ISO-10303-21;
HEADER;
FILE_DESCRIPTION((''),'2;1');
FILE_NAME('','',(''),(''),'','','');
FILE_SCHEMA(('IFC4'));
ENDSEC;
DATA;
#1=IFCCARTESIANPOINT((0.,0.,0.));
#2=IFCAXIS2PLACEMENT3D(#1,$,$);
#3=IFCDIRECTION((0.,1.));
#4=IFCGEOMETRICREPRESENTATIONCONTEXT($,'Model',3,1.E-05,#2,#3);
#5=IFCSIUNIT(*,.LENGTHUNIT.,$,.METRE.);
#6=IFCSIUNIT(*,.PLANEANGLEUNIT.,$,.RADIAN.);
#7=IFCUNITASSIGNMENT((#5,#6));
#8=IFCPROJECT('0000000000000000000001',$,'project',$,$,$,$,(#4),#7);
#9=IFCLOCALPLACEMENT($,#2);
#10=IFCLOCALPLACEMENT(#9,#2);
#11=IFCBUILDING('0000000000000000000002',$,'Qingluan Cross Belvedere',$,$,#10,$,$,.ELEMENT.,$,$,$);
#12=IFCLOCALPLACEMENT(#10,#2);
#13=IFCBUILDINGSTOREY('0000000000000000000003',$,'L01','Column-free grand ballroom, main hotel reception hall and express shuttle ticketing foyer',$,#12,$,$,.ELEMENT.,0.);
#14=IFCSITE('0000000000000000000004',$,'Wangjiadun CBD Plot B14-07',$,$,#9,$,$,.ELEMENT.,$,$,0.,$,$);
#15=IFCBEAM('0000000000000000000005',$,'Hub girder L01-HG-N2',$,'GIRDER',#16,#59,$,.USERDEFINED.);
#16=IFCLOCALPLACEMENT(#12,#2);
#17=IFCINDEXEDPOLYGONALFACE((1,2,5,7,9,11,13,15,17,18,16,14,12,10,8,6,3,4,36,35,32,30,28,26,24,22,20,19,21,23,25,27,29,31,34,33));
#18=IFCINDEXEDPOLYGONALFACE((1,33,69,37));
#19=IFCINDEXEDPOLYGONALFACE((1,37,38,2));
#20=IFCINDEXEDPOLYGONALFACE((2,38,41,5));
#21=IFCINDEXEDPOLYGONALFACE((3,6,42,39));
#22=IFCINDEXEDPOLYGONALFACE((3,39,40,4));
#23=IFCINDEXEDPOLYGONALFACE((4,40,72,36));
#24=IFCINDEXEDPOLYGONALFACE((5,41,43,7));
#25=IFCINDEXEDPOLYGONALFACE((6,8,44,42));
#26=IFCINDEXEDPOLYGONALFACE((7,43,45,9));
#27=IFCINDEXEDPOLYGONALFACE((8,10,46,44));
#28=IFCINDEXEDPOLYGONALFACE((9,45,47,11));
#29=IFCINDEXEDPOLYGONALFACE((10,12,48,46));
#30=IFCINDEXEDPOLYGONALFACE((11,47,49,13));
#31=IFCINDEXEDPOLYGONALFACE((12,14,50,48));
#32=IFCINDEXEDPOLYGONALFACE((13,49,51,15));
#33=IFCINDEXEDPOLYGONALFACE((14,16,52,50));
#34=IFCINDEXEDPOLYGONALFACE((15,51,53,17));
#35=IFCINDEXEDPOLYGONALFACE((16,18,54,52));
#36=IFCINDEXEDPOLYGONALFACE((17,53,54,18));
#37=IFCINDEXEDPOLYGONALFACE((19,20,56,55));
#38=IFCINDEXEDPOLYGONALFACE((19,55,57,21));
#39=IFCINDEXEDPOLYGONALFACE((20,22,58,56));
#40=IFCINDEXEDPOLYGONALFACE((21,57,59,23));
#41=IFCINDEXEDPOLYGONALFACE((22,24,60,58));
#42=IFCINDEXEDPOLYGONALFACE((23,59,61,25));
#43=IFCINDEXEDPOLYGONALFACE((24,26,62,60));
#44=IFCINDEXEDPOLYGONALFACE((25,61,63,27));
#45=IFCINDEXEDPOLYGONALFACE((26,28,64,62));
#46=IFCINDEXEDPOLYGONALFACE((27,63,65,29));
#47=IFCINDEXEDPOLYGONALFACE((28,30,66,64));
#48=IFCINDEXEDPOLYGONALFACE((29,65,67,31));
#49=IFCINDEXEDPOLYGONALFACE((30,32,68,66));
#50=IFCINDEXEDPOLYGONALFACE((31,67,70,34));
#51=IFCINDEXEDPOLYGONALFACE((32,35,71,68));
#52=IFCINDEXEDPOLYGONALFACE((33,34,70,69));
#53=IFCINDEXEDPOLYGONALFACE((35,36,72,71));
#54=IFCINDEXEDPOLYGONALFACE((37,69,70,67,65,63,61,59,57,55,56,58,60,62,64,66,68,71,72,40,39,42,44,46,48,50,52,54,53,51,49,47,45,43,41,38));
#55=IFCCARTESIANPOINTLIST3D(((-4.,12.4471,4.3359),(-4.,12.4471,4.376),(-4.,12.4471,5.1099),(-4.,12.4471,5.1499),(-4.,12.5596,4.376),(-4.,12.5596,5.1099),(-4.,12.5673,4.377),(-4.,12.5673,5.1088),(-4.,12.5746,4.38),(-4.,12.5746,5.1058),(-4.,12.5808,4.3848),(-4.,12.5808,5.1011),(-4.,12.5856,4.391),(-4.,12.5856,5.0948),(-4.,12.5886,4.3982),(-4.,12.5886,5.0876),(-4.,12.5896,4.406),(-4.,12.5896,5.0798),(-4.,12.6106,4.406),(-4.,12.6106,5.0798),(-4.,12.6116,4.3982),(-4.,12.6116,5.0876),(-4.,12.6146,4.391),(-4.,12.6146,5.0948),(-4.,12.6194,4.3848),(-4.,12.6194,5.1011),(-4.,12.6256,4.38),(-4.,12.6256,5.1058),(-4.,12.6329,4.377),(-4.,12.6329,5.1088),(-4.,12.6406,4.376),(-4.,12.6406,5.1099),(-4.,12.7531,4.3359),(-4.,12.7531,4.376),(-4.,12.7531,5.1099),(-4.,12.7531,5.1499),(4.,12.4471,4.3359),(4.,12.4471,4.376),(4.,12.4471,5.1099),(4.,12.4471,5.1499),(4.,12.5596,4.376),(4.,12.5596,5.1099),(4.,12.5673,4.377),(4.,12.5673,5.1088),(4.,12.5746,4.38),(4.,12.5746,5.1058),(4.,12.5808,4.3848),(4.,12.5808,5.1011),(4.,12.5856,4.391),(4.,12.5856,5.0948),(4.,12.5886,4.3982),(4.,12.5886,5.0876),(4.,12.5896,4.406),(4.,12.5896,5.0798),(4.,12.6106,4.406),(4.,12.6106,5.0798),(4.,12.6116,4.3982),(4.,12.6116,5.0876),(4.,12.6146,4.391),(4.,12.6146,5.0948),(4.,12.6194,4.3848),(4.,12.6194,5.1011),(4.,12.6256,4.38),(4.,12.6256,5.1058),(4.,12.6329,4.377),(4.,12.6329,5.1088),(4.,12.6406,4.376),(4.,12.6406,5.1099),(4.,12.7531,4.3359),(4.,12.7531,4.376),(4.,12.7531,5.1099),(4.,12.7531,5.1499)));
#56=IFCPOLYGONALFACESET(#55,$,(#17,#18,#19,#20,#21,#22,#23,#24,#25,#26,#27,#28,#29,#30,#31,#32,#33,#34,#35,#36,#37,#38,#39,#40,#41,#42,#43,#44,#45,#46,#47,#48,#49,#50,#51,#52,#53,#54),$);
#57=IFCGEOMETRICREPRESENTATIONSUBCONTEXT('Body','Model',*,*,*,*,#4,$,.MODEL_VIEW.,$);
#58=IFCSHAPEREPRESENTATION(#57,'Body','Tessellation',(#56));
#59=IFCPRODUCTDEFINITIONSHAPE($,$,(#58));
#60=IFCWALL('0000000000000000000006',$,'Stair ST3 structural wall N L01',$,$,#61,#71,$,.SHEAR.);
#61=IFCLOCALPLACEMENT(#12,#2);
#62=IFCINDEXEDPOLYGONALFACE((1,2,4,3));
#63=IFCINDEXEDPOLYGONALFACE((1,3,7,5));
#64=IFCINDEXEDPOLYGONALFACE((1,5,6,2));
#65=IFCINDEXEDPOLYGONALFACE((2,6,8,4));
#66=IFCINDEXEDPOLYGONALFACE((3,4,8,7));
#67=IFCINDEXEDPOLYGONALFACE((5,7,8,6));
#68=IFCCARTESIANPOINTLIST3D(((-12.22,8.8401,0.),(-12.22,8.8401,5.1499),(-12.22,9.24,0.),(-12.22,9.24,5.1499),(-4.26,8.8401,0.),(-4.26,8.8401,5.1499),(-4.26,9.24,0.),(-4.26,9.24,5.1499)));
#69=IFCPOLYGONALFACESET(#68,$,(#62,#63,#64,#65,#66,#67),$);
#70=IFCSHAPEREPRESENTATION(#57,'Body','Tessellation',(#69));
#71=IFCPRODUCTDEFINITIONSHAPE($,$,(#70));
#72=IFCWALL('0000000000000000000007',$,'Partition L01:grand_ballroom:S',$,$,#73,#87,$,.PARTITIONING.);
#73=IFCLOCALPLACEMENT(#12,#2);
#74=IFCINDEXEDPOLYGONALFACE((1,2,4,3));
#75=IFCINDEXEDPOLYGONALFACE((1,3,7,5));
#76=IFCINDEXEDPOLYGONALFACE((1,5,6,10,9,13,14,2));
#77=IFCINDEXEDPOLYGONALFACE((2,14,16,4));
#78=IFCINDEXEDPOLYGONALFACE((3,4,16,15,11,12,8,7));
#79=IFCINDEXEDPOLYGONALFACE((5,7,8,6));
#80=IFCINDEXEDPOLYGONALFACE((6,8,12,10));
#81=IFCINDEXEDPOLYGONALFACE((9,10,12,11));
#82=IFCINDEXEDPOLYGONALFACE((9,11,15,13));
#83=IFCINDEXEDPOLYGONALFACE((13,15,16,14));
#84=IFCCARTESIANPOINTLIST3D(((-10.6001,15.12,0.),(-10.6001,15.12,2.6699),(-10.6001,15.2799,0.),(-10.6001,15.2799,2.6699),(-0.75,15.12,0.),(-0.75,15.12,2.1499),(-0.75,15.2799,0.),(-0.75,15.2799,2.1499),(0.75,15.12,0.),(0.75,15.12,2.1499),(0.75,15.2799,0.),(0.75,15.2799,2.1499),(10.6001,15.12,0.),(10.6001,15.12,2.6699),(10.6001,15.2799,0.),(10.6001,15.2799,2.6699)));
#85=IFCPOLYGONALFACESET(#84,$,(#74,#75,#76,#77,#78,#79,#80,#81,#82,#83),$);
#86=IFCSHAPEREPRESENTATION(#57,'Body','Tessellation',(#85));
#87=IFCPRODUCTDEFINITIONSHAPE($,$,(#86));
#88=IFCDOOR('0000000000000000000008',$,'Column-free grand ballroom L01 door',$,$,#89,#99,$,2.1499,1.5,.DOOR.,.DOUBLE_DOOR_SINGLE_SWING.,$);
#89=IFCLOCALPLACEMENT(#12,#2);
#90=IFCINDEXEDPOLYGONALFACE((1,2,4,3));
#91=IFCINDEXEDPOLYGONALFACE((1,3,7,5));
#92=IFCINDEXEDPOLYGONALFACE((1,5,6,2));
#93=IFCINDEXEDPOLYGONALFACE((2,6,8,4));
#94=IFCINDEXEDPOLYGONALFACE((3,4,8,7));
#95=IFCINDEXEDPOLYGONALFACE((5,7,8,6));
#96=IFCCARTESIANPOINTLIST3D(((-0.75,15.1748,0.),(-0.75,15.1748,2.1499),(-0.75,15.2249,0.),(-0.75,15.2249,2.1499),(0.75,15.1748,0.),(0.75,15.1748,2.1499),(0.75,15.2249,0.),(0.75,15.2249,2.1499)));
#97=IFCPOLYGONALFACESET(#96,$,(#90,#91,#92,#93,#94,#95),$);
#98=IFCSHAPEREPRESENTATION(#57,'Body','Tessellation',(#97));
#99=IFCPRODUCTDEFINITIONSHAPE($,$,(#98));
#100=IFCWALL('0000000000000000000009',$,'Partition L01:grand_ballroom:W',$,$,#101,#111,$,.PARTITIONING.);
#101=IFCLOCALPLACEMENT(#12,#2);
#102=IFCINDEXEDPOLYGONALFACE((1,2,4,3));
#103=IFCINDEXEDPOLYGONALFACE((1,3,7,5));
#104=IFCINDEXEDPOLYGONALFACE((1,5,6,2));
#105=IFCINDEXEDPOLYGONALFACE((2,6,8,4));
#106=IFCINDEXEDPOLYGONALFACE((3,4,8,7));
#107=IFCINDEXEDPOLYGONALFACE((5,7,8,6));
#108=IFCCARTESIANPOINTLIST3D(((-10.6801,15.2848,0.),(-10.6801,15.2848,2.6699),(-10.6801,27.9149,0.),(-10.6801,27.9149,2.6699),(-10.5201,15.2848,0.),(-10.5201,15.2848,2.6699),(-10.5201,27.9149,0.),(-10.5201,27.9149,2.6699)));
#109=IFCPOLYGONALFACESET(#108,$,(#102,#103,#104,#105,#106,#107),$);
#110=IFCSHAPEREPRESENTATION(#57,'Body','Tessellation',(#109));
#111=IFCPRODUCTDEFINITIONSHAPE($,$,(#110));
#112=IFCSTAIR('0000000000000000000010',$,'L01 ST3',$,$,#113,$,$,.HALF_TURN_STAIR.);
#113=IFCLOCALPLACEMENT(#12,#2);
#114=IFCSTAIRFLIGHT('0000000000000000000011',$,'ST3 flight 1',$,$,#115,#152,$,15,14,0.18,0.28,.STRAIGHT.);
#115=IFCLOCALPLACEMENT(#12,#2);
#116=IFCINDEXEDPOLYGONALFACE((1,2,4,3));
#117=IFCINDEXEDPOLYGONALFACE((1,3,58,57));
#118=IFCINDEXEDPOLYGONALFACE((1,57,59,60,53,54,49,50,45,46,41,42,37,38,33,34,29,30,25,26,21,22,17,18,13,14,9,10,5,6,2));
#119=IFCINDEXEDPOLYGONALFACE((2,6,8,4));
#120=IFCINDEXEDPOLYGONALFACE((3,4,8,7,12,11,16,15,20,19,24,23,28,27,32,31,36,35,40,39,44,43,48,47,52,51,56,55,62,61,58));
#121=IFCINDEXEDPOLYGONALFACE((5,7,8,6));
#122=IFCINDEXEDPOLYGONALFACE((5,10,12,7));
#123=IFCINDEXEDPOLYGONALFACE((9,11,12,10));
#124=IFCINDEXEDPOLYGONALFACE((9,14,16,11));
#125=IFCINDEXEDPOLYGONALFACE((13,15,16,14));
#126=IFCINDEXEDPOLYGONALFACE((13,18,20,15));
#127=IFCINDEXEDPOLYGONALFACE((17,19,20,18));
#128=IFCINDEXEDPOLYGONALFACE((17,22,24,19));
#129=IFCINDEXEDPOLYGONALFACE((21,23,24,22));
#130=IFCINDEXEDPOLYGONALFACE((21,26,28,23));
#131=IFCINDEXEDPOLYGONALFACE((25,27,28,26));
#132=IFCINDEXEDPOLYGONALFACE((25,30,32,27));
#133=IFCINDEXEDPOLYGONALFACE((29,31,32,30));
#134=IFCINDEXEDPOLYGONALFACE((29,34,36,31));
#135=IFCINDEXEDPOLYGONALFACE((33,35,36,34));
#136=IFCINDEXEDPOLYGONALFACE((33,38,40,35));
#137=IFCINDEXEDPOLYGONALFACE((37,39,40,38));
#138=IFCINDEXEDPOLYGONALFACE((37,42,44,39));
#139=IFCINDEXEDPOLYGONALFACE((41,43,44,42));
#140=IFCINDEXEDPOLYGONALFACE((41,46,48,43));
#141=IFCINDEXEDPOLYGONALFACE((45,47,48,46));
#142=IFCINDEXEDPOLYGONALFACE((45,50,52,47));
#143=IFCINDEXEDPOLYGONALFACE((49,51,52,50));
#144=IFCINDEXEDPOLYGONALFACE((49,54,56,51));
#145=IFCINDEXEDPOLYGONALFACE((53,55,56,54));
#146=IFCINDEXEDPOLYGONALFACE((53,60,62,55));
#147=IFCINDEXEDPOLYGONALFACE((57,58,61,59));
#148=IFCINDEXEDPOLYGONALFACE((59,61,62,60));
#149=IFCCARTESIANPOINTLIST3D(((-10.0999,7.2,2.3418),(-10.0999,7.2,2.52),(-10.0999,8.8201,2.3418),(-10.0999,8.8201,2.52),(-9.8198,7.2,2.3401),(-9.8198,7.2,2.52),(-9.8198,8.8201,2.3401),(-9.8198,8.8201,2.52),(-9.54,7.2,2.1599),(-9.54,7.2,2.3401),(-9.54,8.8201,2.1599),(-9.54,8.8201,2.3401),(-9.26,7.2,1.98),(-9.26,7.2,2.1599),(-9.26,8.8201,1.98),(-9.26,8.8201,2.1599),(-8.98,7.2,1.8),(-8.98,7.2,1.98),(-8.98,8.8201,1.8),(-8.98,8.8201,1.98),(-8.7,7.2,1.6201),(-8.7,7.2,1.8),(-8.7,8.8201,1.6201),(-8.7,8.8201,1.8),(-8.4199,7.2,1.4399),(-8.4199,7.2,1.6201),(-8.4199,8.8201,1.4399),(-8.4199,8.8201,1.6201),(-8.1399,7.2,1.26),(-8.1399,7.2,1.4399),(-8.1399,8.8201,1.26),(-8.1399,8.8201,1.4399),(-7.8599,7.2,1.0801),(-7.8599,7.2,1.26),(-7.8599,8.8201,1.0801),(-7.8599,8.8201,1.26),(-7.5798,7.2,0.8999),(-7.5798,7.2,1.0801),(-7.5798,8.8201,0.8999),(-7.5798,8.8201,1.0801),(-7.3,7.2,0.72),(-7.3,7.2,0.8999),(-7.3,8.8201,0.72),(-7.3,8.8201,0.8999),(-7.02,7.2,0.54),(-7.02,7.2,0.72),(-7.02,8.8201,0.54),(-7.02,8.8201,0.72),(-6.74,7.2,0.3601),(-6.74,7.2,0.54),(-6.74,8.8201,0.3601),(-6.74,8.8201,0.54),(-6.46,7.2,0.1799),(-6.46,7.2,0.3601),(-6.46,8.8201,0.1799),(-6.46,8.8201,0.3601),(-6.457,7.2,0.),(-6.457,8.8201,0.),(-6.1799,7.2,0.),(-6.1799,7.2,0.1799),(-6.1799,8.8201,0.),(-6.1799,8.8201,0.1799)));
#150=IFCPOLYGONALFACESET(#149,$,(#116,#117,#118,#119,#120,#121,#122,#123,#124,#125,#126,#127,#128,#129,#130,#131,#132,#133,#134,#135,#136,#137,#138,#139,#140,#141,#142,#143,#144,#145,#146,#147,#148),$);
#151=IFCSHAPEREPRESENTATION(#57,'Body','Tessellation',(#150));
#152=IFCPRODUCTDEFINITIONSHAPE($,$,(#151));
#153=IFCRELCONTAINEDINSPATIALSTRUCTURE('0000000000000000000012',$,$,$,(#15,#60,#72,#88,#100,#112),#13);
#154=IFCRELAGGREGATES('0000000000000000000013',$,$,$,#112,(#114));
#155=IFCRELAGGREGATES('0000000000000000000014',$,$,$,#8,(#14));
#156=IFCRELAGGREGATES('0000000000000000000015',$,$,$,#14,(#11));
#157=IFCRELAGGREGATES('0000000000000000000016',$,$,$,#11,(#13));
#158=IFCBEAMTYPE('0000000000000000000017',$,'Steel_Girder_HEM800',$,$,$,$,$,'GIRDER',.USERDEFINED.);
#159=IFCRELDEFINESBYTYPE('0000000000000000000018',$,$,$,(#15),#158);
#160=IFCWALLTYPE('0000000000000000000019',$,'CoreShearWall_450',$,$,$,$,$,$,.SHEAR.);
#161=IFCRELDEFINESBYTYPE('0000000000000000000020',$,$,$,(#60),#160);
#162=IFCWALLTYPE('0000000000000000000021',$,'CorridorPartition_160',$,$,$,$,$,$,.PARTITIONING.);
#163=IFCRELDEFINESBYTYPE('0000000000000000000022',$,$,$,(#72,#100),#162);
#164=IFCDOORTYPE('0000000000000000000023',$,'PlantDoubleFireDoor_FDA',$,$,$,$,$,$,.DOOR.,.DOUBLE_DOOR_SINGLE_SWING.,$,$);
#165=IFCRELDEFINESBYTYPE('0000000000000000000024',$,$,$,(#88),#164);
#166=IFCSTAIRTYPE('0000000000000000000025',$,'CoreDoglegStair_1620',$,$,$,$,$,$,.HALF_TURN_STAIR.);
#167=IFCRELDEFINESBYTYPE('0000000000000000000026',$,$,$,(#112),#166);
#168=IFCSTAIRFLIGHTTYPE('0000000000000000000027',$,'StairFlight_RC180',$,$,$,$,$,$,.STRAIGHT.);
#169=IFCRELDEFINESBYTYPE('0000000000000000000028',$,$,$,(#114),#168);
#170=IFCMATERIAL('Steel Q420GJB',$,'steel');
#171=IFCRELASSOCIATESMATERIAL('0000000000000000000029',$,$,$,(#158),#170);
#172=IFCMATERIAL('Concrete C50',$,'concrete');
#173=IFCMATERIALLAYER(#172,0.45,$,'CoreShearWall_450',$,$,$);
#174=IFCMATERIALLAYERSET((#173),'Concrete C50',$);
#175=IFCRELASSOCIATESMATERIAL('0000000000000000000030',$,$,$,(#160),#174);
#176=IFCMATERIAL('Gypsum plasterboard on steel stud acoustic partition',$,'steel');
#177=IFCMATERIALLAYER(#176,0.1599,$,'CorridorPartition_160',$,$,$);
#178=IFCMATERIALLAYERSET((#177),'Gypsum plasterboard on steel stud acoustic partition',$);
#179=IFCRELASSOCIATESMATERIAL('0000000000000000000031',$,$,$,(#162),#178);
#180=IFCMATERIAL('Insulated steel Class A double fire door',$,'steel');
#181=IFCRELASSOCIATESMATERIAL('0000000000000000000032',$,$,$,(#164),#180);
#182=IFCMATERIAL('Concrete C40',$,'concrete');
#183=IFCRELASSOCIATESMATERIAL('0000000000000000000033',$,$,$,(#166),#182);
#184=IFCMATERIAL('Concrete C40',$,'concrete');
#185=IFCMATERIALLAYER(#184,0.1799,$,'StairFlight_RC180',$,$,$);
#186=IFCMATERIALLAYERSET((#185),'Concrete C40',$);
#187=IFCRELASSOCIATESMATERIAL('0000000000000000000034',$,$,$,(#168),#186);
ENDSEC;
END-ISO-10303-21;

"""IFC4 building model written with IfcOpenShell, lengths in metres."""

from ifc_helpers import new_model, si_unit, direction, frame, frame_2d, origin, origin_2d, place, context, subcontext, project, spatial, polyline, rectangle, i_section, outline, extrude, material, layer, layer_set, material_profile, profile_set, type_object, element, fill, aggregate, save


model = new_model("IFC4")

# Units and contexts
model_context = context("Model", 3, precision=1e-05, world=origin(), true_north=direction((0.0, 1.0)))
body_context = subcontext(model_context, "Body", "Model", "MODEL_VIEW")
ifc_project = project(units=[si_unit("LENGTHUNIT", "METRE"), si_unit("PLANEANGLEUNIT", "RADIAN")], contexts=[model_context])

# Site, building, storey
site_placement = place(None, origin())
site = spatial("IfcSite", under=ifc_project, at=site_placement, Name="Wangjiadun CBD Plot B14-07", CompositionType="ELEMENT", RefElevation=0.0)
building_placement = place(site_placement, origin())
building = spatial("IfcBuilding", under=site, at=building_placement, Name="Qingluan Cross Belvedere", CompositionType="ELEMENT")
storey_placement = place(building_placement, origin())
storey = spatial("IfcBuildingStorey", under=building, at=storey_placement, Name="L01", Description="Column-free grand ballroom, main hotel reception hall and express shuttle ticketing foyer", CompositionType="ELEMENT", Elevation=0.0)

# Beam
ifc_material_1 = material(Name="Steel Q420GJB", Category="steel")
ifc_material_profile_1 = material_profile(ifc_material_1, i_section(OverallWidth=0.3059, OverallDepth=0.814, WebThickness=0.021, FlangeThickness=0.04, FilletRadius=0.03, at=origin_2d()), Name="HEM800")
ifc_profile_set_1 = profile_set([ifc_material_profile_1], Name="Steel Q420GJB")
beam_type_1 = type_object("IfcBeamType", Name="Steel_Girder_HEM800", ElementType="GIRDER", PredefinedType="USERDEFINED", material=ifc_profile_set_1)
beam_1_placement = place(storey_placement, frame((-4.0, 12.6001, 4.7429), z_axis=(1.0, 0.0, 0.0), x_axis=(0.0, 1.0, 0.0)))
element("IfcBeam", 1, at=beam_1_placement, inside=storey, type_object=beam_type_1, Name="Hub girder L01-HG-N2", ObjectType="GIRDER", PredefinedType="USERDEFINED", context=body_context, shape_type="SweptSolid", body=[
    extrude(i_section(OverallWidth=0.3059, OverallDepth=0.814, WebThickness=0.021, FlangeThickness=0.04, FilletRadius=0.03, at=origin_2d()), origin(), (0.0, 0.0, 1.0), 8.0),
])

# Wall
ifc_material_2 = material(Name="Concrete C50", Category="concrete")
ifc_layer_1 = layer(ifc_material_2, 0.45, Name="CoreShearWall_450")
ifc_layer_set_1 = layer_set([ifc_layer_1], Name="Concrete C50")
wall_type_1 = type_object("IfcWallType", Name="CoreShearWall_450", PredefinedType="SHEAR", material=ifc_layer_set_1)
wall_1_placement = place(storey_placement, frame((-12.22, 9.04, 0.0), z_axis=(0.0, 0.0, 1.0), x_axis=(1.0, 0.0, 0.0)))
element("IfcWall", 2, at=wall_1_placement, inside=storey, type_object=wall_type_1, Name="Stair ST3 structural wall N L01", PredefinedType="SHEAR", context=body_context, shape_type="SweptSolid", body=[
    extrude(rectangle(XDim=7.96, YDim=0.3999, at=frame_2d((3.98, 0.0))), origin(), (0.0, 0.0, 1.0), 5.1499),
])

# Wall, opening, door
ifc_material_3 = material(Name="Gypsum plasterboard on steel stud acoustic partition", Category="steel")
ifc_layer_2 = layer(ifc_material_3, 0.1599, Name="CorridorPartition_160")
ifc_layer_set_2 = layer_set([ifc_layer_2], Name="Gypsum plasterboard on steel stud acoustic partition")
wall_type_2 = type_object("IfcWallType", Name="CorridorPartition_160", PredefinedType="PARTITIONING", material=ifc_layer_set_2)
ifc_material_4 = material(Name="Insulated steel Class A double fire door", Category="steel")
door_type = type_object("IfcDoorType", Name="PlantDoubleFireDoor_FDA", OperationType="DOUBLE_DOOR_SINGLE_SWING", PredefinedType="DOOR", material=ifc_material_4)
wall_2_placement = place(storey_placement, frame((-10.6001, 15.2, 0.0), z_axis=(0.0, 0.0, 1.0), x_axis=(1.0, 0.0, 0.0)))
wall_2 = element("IfcWall", 3, at=wall_2_placement, inside=storey, type_object=wall_type_2, Name="Partition L01:grand_ballroom:S", PredefinedType="PARTITIONING", context=body_context, shape_type="SweptSolid", body=[
    extrude(rectangle(XDim=21.2002, YDim=0.1599, at=frame_2d((10.6001, 0.0))), origin(), (0.0, 0.0, 1.0), 2.6699),
])
opening_1_placement = place(wall_2_placement, frame((9.8501, 0.0, 0.0)))
opening_1 = element("IfcOpeningElement", 4, at=opening_1_placement, cuts=wall_2, PredefinedType="OPENING", context=body_context, shape_type="SweptSolid", body=[
    extrude(rectangle(XDim=1.5, YDim=2.1499, at=frame_2d((0.75, 1.075))), frame((0.0, 0.0898, 0.0), z_axis=(0.0, -1.0, 0.0), x_axis=(1.0, 0.0, 0.0)), (0.0, 0.0, 1.0), 0.1799),
])
door_1_placement = place(opening_1_placement, origin())
door_1 = element("IfcDoor", 5, at=door_1_placement, inside=storey, type_object=door_type, Name="Column-free grand ballroom L01 door", OperationType="DOUBLE_DOOR_SINGLE_SWING", OverallHeight=2.1499, OverallWidth=1.5, PredefinedType="DOOR", context=body_context, shape_type="SweptSolid", body=[
    extrude(rectangle(XDim=1.5, YDim=2.1499, at=frame_2d((0.75, 1.075))), frame((0.0, 0.0249, 0.0), z_axis=(0.0, -1.0, 0.0), x_axis=(1.0, 0.0, 0.0)), (0.0, 0.0, 1.0), 0.05),
])
fill(opening_1, door_1)

# Wall
wall_3_placement = place(storey_placement, frame((-10.6001, 15.2849, 0.0), z_axis=(0.0, 0.0, 1.0), x_axis=(0.0, 1.0, 0.0)))
element("IfcWall", 6, at=wall_3_placement, inside=storey, type_object=wall_type_2, Name="Partition L01:grand_ballroom:W", PredefinedType="PARTITIONING", context=body_context, shape_type="SweptSolid", body=[
    extrude(rectangle(XDim=12.6301, YDim=0.1599, at=frame_2d((6.3149, 0.0))), origin(), (0.0, 0.0, 1.0), 2.6699),
])

# Stair, stair flight
ifc_material_5 = material(Name="Concrete C40", Category="concrete")
stair_type = type_object("IfcStairType", Name="CoreDoglegStair_1620", PredefinedType="HALF_TURN_STAIR", material=ifc_material_5)
stair_placement = place(storey_placement, origin())
stair = element("IfcStair", 7, at=stair_placement, inside=storey, type_object=stair_type, Name="L01 ST3", PredefinedType="HALF_TURN_STAIR")
ifc_material_6 = material(Name="Concrete C40", Category="concrete")
ifc_layer_3 = layer(ifc_material_6, 0.1799, Name="StairFlight_RC180")
ifc_layer_set_3 = layer_set([ifc_layer_3], Name="Concrete C40")
stair_flight_type = type_object("IfcStairFlightType", Name="StairFlight_RC180", PredefinedType="STRAIGHT", material=ifc_layer_set_3)
stair_flight_placement = place(storey_placement, frame((-6.1799, 8.01, 0.0), z_axis=(0.0, 0.0, 1.0), x_axis=(-1.0, 0.0, 0.0)))
stair_flight = element("IfcStairFlight", 8, at=stair_flight_placement, type_object=stair_flight_type, Name="ST3 flight 1", NumberOfRisers=15, NumberOfTreads=14, PredefinedType="STRAIGHT", RiserHeight=0.18, TreadLength=0.28, context=body_context, shape_type="SweptSolid", body=[
    extrude(outline(polyline([(0.0, 0.0), (0.0, 0.1799), (0.28, 0.1799), (0.28, 0.3601), (0.5601, 0.3601), (0.5601, 0.54), (0.8401, 0.54), (0.8401, 0.72), (1.1201, 0.72), (1.1201, 0.8999), (1.3999, 0.8999), (1.3999, 1.0801), (1.6799, 1.0801), (1.6799, 1.26), (1.96, 1.26), (1.96, 1.4399), (2.24, 1.4399), (2.24, 1.6201), (2.52, 1.6201), (2.52, 1.8), (2.8, 1.8), (2.8, 1.98), (3.0801, 1.98), (3.0801, 2.1599), (3.3601, 2.1599), (3.3601, 2.3401), (3.6399, 2.3401), (3.6399, 2.52), (3.9199, 2.52), (3.9199, 2.7), (3.9199, 2.3418), (0.2771, 0.0), (0.0, 0.0)])), frame((0.0, 0.8101, 0.0), z_axis=(0.0, -1.0, 0.0), x_axis=(1.0, 0.0, 0.0)), (0.0, 0.0, 1.0), 1.6201),
])
aggregate(stair, [stair_flight])

save(model, "model.ifc")
